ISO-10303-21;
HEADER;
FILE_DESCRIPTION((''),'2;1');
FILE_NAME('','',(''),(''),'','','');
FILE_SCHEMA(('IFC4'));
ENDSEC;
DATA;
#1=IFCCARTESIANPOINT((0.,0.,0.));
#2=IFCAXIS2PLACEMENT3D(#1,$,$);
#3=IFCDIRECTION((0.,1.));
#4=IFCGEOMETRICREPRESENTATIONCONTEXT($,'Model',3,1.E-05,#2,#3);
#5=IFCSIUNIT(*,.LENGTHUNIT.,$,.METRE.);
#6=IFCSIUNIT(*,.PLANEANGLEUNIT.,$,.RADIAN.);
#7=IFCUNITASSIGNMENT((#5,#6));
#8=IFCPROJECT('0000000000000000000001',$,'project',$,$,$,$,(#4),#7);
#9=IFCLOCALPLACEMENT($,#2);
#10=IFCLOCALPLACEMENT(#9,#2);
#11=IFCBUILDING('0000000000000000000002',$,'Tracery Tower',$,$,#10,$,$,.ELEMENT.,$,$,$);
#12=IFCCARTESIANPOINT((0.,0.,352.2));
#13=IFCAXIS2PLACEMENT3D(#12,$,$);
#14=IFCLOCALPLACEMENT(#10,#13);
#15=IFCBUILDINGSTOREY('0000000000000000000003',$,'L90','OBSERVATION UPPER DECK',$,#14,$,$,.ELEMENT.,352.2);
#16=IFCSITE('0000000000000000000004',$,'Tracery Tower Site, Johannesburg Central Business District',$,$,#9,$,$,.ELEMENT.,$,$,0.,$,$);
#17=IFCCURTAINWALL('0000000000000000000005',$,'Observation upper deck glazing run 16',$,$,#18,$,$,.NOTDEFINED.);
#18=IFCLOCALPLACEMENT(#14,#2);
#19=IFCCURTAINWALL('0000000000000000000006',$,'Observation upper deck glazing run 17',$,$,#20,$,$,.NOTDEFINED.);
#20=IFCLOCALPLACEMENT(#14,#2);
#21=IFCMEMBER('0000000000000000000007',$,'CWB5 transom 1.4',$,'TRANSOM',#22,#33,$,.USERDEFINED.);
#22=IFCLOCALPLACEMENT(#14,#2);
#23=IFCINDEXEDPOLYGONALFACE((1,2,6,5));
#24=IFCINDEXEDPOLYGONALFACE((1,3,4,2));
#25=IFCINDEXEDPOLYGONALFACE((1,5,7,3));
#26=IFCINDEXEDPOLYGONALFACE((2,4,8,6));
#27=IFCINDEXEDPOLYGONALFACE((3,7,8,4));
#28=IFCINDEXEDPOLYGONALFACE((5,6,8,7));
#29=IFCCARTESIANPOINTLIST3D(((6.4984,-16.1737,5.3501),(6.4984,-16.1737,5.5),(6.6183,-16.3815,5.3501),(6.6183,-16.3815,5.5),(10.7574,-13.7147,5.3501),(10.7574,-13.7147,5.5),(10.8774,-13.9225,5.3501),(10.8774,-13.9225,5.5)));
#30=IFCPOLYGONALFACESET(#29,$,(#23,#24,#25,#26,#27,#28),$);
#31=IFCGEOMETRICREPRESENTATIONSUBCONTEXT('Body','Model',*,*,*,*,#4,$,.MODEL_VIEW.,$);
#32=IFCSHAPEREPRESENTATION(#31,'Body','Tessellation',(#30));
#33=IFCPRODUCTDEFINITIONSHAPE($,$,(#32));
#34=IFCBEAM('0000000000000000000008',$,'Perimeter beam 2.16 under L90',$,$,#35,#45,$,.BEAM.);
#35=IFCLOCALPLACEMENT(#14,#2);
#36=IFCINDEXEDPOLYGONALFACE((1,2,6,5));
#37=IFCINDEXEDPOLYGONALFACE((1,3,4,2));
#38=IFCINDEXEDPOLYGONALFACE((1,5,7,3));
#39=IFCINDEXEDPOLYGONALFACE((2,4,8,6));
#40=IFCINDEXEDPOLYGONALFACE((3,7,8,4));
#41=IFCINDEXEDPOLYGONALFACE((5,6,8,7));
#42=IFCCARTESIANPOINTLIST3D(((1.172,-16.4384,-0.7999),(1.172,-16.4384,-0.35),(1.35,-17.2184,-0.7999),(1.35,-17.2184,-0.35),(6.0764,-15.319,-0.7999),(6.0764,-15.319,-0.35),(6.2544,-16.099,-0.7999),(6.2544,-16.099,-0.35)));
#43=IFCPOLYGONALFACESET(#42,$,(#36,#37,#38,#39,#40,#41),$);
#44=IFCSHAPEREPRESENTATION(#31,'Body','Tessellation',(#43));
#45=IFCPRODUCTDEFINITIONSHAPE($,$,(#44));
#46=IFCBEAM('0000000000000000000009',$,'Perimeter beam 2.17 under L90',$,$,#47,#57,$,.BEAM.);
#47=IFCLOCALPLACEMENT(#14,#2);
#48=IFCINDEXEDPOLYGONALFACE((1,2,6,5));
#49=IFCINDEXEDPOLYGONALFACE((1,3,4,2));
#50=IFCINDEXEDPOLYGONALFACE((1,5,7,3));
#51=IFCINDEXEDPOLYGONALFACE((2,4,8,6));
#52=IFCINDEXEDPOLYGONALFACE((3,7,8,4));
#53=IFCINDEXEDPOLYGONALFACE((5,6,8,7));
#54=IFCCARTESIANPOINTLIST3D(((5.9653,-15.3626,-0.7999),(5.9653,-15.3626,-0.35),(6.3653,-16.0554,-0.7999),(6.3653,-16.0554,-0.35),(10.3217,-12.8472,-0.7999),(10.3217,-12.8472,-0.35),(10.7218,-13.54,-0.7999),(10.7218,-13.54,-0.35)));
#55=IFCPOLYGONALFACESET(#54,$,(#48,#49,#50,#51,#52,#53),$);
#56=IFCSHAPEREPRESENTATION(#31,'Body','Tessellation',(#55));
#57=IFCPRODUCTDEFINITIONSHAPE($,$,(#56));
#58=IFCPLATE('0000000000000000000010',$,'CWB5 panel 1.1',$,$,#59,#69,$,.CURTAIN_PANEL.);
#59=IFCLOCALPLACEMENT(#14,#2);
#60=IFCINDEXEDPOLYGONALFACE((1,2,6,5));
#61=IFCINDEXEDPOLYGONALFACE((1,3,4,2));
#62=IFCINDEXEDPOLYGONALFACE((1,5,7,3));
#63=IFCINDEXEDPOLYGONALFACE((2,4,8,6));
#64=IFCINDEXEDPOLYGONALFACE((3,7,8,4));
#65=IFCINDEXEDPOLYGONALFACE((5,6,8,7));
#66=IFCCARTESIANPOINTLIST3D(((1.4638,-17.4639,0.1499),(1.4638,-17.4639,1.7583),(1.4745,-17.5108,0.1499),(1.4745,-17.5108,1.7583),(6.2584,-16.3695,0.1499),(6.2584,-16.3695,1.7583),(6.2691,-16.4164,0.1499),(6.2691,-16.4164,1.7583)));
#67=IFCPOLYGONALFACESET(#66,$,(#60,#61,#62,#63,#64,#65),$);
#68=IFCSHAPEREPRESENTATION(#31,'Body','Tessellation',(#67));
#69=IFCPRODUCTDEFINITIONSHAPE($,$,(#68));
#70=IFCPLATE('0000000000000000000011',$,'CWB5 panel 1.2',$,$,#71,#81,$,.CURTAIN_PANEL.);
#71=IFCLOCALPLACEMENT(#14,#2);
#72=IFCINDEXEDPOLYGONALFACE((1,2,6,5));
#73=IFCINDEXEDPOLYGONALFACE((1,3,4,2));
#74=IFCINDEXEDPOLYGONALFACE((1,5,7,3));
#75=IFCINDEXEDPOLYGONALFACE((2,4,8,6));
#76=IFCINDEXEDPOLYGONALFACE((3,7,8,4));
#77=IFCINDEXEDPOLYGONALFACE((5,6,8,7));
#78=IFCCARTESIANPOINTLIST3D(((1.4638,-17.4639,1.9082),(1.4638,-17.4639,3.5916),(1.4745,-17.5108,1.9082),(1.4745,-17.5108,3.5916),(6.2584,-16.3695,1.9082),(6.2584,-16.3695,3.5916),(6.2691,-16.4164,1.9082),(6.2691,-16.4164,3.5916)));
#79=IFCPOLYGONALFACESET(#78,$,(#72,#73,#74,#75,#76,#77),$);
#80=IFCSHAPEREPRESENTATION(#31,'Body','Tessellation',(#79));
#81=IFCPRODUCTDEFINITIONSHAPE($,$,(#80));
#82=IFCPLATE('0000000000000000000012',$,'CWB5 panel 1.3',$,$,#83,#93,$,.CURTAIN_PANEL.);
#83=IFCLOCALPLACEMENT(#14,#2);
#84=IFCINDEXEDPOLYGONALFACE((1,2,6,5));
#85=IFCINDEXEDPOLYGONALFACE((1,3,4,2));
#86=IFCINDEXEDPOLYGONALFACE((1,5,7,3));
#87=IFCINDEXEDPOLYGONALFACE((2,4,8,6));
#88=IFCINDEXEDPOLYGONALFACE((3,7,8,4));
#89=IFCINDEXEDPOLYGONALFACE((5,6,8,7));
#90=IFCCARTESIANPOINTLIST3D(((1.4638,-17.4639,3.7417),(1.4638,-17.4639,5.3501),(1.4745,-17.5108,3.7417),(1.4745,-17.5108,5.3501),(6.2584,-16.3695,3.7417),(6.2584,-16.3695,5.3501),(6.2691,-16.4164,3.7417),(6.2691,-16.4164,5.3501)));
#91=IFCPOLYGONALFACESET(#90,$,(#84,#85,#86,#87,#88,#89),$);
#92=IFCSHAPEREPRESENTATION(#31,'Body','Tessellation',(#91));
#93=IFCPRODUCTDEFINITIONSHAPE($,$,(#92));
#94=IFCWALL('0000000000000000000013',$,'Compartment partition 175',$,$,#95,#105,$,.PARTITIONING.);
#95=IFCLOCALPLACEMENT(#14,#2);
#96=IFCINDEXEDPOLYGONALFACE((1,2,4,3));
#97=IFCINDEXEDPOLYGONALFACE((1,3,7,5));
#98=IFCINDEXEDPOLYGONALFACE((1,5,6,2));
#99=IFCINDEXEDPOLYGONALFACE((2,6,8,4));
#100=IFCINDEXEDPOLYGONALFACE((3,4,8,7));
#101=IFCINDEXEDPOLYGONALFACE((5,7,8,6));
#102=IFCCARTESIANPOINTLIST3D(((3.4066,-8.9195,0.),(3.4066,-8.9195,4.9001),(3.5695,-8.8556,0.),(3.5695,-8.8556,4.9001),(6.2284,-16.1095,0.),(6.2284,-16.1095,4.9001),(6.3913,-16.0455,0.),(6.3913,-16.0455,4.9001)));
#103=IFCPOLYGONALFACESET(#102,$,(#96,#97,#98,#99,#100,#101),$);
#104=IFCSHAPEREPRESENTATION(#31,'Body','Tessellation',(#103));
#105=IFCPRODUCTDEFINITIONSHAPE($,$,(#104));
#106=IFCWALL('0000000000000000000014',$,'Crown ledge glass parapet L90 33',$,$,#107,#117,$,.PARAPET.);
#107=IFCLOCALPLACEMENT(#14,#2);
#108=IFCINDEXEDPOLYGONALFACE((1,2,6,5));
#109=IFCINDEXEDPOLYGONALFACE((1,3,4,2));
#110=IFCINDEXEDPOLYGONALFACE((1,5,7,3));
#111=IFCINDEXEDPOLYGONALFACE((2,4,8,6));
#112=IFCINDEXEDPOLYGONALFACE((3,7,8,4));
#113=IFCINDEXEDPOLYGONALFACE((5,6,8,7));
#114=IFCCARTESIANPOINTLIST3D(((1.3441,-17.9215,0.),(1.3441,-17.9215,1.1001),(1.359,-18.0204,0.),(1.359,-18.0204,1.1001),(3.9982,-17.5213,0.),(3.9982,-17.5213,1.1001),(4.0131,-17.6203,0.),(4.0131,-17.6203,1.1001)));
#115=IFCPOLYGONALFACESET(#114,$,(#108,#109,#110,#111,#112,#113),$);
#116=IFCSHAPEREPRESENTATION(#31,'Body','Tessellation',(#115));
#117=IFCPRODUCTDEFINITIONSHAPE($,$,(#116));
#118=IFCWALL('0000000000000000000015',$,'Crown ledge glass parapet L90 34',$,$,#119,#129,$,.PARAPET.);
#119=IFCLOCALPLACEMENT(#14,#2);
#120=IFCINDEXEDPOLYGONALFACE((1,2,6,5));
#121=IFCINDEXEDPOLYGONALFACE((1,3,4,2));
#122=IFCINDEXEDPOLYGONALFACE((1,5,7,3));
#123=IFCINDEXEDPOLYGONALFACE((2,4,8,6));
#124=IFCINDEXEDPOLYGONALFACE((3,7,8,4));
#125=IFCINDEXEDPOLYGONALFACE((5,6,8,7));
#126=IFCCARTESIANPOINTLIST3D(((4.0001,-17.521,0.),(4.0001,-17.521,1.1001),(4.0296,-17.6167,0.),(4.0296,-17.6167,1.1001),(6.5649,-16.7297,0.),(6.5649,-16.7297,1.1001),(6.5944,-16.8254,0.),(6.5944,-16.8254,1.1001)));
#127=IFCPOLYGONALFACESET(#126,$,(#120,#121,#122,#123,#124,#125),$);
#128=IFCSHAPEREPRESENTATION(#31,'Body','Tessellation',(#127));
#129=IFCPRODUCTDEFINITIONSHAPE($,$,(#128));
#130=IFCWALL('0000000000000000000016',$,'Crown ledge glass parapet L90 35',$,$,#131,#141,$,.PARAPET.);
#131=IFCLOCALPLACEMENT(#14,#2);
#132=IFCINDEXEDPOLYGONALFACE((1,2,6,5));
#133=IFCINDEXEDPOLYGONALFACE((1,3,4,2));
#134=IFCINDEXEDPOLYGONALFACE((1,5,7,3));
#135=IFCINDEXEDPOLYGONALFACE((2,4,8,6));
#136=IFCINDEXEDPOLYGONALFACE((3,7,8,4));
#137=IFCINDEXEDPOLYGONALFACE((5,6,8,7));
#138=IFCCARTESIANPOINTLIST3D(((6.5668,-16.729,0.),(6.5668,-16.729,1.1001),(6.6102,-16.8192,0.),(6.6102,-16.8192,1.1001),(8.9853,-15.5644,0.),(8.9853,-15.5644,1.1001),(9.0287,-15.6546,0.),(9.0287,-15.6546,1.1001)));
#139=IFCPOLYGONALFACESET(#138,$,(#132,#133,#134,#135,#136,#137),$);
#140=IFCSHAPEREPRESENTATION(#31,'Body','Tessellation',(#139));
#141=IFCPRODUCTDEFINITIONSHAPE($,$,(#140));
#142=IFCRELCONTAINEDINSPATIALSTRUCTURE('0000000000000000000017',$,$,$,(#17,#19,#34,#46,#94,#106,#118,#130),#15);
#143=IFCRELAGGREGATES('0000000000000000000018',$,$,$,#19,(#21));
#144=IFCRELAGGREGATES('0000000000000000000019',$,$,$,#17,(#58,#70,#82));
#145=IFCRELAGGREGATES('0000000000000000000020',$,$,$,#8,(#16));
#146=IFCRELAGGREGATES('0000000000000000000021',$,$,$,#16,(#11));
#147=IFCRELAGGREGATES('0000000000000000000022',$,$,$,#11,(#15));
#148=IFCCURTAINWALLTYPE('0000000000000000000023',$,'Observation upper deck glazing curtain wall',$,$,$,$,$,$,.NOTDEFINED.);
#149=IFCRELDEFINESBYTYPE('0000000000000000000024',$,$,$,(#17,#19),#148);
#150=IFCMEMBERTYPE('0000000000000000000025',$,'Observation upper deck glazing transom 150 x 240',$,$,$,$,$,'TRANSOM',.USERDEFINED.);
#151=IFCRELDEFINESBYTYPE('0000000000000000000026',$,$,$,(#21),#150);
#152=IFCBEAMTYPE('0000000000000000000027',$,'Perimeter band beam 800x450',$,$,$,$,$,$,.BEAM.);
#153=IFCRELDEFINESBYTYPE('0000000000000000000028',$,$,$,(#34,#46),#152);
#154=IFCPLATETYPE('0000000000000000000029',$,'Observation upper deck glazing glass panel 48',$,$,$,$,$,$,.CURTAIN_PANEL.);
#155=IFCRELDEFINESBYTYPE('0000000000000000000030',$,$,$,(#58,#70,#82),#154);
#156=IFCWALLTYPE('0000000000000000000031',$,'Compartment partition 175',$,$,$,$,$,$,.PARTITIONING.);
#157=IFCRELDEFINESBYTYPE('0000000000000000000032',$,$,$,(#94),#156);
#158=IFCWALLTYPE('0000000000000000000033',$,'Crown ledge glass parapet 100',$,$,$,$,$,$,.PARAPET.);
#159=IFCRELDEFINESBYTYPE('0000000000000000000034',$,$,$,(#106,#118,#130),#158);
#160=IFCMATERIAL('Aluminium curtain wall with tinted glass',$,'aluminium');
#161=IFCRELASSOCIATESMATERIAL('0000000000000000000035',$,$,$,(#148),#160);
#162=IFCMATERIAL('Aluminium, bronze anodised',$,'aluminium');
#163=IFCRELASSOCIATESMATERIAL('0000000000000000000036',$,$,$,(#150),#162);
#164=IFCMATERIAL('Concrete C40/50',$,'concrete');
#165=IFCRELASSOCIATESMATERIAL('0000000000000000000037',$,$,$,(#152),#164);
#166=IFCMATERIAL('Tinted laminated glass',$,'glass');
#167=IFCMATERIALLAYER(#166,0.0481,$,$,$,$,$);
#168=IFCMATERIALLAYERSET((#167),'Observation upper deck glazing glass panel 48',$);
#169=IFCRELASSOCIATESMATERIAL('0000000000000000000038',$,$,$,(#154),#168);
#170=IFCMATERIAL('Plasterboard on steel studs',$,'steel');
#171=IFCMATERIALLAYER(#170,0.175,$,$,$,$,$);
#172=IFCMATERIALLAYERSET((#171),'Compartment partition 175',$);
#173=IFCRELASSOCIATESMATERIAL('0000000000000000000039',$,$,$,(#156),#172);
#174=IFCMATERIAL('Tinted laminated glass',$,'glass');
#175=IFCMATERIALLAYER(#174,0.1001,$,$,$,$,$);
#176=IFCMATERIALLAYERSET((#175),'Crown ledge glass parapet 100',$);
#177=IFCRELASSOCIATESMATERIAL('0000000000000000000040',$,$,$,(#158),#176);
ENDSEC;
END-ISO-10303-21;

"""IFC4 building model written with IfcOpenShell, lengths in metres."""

from ifc_helpers import new_model, si_unit, direction, frame, frame_2d, origin, origin_2d, place, context, subcontext, project, spatial, rectangle, extrude, material, layer, layer_set, material_profile, profile_set, type_object, element, aggregate, save


model = new_model("IFC4")

# Units and contexts
model_context = context("Model", 3, precision=1e-05, world=origin(), true_north=direction((0.0, 1.0)))
body_context = subcontext(model_context, "Body", "Model", "MODEL_VIEW")
ifc_project = project(units=[si_unit("LENGTHUNIT", "METRE"), si_unit("PLANEANGLEUNIT", "RADIAN")], contexts=[model_context])

# Site, building, storey
site_placement = place(None, origin())
site = spatial("IfcSite", under=ifc_project, at=site_placement, Name="Tracery Tower Site, Johannesburg Central Business District", CompositionType="ELEMENT", RefElevation=0.0)
building_placement = place(site_placement, origin())
building = spatial("IfcBuilding", under=site, at=building_placement, Name="Tracery Tower", CompositionType="ELEMENT")
storey_placement = place(building_placement, frame((0.0, 0.0, 352.2)))
storey = spatial("IfcBuildingStorey", under=building, at=storey_placement, Name="L90", Description="OBSERVATION UPPER DECK", CompositionType="ELEMENT", Elevation=352.2)

# Shared definitions
ifc_material_1 = material(Name="Aluminium curtain wall with tinted glass", Category="aluminium")
curtain_wall_type = type_object("IfcCurtainWallType", Name="Observation upper deck glazing curtain wall", PredefinedType="NOTDEFINED", material=ifc_material_1)

# Curtain wall
curtain_wall_1_placement = place(storey_placement, origin())
curtain_wall_1 = element("IfcCurtainWall", 1, at=curtain_wall_1_placement, inside=storey, type_object=curtain_wall_type, Name="Observation upper deck glazing run 16", PredefinedType="NOTDEFINED")

# Curtain wall
curtain_wall_2_placement = place(storey_placement, origin())
curtain_wall_2 = element("IfcCurtainWall", 2, at=curtain_wall_2_placement, inside=storey, type_object=curtain_wall_type, Name="Observation upper deck glazing run 17", PredefinedType="NOTDEFINED")

# Member
ifc_material_2 = material(Name="Aluminium, bronze anodised", Category="aluminium")
ifc_material_profile_1 = material_profile(ifc_material_2, rectangle(XDim=0.24, YDim=0.1499, at=origin_2d()), Name="Observation upper deck glazing transom 150 x 240")
ifc_profile_set_1 = profile_set([ifc_material_profile_1], Name="Aluminium, bronze anodised")
member_type_1 = type_object("IfcMemberType", Name="Observation upper deck glazing transom 150 x 240", ElementType="TRANSOM", PredefinedType="USERDEFINED", material=ifc_profile_set_1)
member_1_placement = place(storey_placement, frame((6.5583, -16.2776, 5.425), z_axis=(0.866023, 0.500005, 0.0), x_axis=(-0.500005, 0.866023, 0.0)))
member_1 = element("IfcMember", 3, at=member_1_placement, type_object=member_type_1, Name="CWB5 transom 1.4", ObjectType="TRANSOM", PredefinedType="USERDEFINED", context=body_context, shape_type="SweptSolid", body=[
    extrude(rectangle(XDim=0.24, YDim=0.1499, at=origin_2d()), origin(), (0.0, 0.0, 1.0), 4.918),
])
aggregate(curtain_wall_2, [member_1])

# Beams
ifc_material_3 = material(Name="Concrete C40/50", Category="concrete")
ifc_material_profile_2 = material_profile(ifc_material_3, rectangle(XDim=0.8, YDim=0.45, at=origin_2d()), Name="RC 800x450")
ifc_profile_set_2 = profile_set([ifc_material_profile_2], Name="Concrete C40/50")
beam_type = type_object("IfcBeamType", Name="Perimeter band beam 800x450", PredefinedType="BEAM", material=ifc_profile_set_2)
for number, where, z_axis, x_axis, name in (
    (4, (1.261, -16.8284, -0.575), (0.974927, 0.222523, 0.0), (-0.222523, 0.974927, 0.0), "Perimeter beam 2.16 under L90"),
    (5, (6.1653, -15.709, -0.575), (0.866009, 0.500028, 0.0), (-0.500028, 0.866009, 0.0), "Perimeter beam 2.17 under L90"),
):
    element("IfcBeam", number, at=place(storey_placement, frame(where, z_axis=z_axis, x_axis=x_axis)), inside=storey, type_object=beam_type, Name=name, PredefinedType="BEAM", context=body_context, shape_type="SweptSolid", body=[
        extrude(rectangle(XDim=0.8, YDim=0.45, at=origin_2d()), origin(), (0.0, 0.0, 1.0), 5.0305),
    ])

# Plates
ifc_material_4 = material(Name="Tinted laminated glass", Category="glass")
ifc_layer_1 = layer(ifc_material_4, 0.0481)
ifc_layer_set_1 = layer_set([ifc_layer_1], Name="Observation upper deck glazing glass panel 48")
plate_type = type_object("IfcPlateType", Name="Observation upper deck glazing glass panel 48", PredefinedType="CURTAIN_PANEL", material=ifc_layer_set_1)
plate_1_placement = place(storey_placement, frame((3.8665, -16.9402, 0.1499), z_axis=(0.0, 0.0, 1.0), x_axis=(0.974926, 0.222531, 0.0)))
plate_1 = element("IfcPlate", 6, at=plate_1_placement, type_object=plate_type, Name="CWB5 panel 1.1", PredefinedType="CURTAIN_PANEL", context=body_context, shape_type="SweptSolid", body=[
    extrude(rectangle(XDim=4.918, YDim=0.0481, at=origin_2d()), origin(), (0.0, 0.0, 1.0), 1.6084),
])
plate_2_placement = place(storey_placement, frame((3.8665, -16.9402, 1.9082), z_axis=(0.0, 0.0, 1.0), x_axis=(0.974926, 0.222531, 0.0)))
plate_2 = element("IfcPlate", 7, at=plate_2_placement, type_object=plate_type, Name="CWB5 panel 1.2", PredefinedType="CURTAIN_PANEL", context=body_context, shape_type="SweptSolid", body=[
    extrude(rectangle(XDim=4.918, YDim=0.0481, at=origin_2d()), origin(), (0.0, 0.0, 1.0), 1.6833),
])
plate_3_placement = place(storey_placement, frame((3.8665, -16.9402, 3.7417), z_axis=(0.0, 0.0, 1.0), x_axis=(0.974926, 0.222531, 0.0)))
plate_3 = element("IfcPlate", 8, at=plate_3_placement, type_object=plate_type, Name="CWB5 panel 1.3", PredefinedType="CURTAIN_PANEL", context=body_context, shape_type="SweptSolid", body=[
    extrude(rectangle(XDim=4.918, YDim=0.0481, at=origin_2d()), origin(), (0.0, 0.0, 1.0), 1.6084),
])
aggregate(curtain_wall_1, [plate_1, plate_2, plate_3])

# Walls
ifc_material_5 = material(Name="Plasterboard on steel studs", Category="steel")
ifc_layer_2 = layer(ifc_material_5, 0.175)
ifc_layer_set_2 = layer_set([ifc_layer_2], Name="Compartment partition 175")
wall_type_1 = type_object("IfcWallType", Name="Compartment partition 175", PredefinedType="PARTITIONING", material=ifc_layer_set_2)
wall_1_placement = place(storey_placement, frame((6.3098, -16.0774, 0.0), z_axis=(0.0, 0.0, 1.0), x_axis=(-0.365334, 0.930877, 0.0)))
element("IfcWall", 9, at=wall_1_placement, inside=storey, type_object=wall_type_1, Name="Compartment partition 175", PredefinedType="PARTITIONING", context=body_context, shape_type="SweptSolid", body=[
    extrude(rectangle(XDim=7.7239, YDim=0.175, at=frame_2d((3.8618, 0.0))), origin(), (0.0, 0.0, 1.0), 4.9001),
])
ifc_material_6 = material(Name="Tinted laminated glass", Category="glass")
ifc_layer_3 = layer(ifc_material_6, 0.1001)
ifc_layer_set_3 = layer_set([ifc_layer_3], Name="Crown ledge glass parapet 100")
wall_type_2 = type_object("IfcWallType", Name="Crown ledge glass parapet 100", PredefinedType="PARAPET", material=ifc_layer_set_3)
for number, where, z_axis, x_axis, name in (
    (10, (1.3516, -17.9709, 0.0), (0.0, 0.0, 1.0), (0.988825, 0.149083, 0.0), "Crown ledge glass parapet L90 33"),
    (11, (4.0149, -17.5688, 0.0), (0.0, 0.0, 1.0), (0.955556, 0.294808, 0.0), "Crown ledge glass parapet L90 34"),
):
    element("IfcWall", number, at=place(storey_placement, frame(where, z_axis=z_axis, x_axis=x_axis)), inside=storey, type_object=wall_type_2, Name=name, PredefinedType="PARAPET", context=body_context, shape_type="SweptSolid", body=[
        extrude(rectangle(XDim=2.6841, YDim=0.1001, at=frame_2d((1.342, 0.0))), origin(), (0.0, 0.0, 1.0), 1.1001),
    ])
wall_2_placement = place(storey_placement, frame((6.5884, -16.7742, 0.0), z_axis=(0.0, 0.0, 1.0), x_axis=(0.900986, 0.433848, 0.0)))
element("IfcWall", 12, at=wall_2_placement, inside=storey, type_object=wall_type_2, Name="Crown ledge glass parapet L90 35", PredefinedType="PARAPET", context=body_context, shape_type="SweptSolid", body=[
    extrude(rectangle(XDim=2.6843, YDim=0.1001, at=frame_2d((1.3423, 0.0))), origin(), (0.0, 0.0, 1.0), 1.1001),
])

save(model, "model.ifc")
